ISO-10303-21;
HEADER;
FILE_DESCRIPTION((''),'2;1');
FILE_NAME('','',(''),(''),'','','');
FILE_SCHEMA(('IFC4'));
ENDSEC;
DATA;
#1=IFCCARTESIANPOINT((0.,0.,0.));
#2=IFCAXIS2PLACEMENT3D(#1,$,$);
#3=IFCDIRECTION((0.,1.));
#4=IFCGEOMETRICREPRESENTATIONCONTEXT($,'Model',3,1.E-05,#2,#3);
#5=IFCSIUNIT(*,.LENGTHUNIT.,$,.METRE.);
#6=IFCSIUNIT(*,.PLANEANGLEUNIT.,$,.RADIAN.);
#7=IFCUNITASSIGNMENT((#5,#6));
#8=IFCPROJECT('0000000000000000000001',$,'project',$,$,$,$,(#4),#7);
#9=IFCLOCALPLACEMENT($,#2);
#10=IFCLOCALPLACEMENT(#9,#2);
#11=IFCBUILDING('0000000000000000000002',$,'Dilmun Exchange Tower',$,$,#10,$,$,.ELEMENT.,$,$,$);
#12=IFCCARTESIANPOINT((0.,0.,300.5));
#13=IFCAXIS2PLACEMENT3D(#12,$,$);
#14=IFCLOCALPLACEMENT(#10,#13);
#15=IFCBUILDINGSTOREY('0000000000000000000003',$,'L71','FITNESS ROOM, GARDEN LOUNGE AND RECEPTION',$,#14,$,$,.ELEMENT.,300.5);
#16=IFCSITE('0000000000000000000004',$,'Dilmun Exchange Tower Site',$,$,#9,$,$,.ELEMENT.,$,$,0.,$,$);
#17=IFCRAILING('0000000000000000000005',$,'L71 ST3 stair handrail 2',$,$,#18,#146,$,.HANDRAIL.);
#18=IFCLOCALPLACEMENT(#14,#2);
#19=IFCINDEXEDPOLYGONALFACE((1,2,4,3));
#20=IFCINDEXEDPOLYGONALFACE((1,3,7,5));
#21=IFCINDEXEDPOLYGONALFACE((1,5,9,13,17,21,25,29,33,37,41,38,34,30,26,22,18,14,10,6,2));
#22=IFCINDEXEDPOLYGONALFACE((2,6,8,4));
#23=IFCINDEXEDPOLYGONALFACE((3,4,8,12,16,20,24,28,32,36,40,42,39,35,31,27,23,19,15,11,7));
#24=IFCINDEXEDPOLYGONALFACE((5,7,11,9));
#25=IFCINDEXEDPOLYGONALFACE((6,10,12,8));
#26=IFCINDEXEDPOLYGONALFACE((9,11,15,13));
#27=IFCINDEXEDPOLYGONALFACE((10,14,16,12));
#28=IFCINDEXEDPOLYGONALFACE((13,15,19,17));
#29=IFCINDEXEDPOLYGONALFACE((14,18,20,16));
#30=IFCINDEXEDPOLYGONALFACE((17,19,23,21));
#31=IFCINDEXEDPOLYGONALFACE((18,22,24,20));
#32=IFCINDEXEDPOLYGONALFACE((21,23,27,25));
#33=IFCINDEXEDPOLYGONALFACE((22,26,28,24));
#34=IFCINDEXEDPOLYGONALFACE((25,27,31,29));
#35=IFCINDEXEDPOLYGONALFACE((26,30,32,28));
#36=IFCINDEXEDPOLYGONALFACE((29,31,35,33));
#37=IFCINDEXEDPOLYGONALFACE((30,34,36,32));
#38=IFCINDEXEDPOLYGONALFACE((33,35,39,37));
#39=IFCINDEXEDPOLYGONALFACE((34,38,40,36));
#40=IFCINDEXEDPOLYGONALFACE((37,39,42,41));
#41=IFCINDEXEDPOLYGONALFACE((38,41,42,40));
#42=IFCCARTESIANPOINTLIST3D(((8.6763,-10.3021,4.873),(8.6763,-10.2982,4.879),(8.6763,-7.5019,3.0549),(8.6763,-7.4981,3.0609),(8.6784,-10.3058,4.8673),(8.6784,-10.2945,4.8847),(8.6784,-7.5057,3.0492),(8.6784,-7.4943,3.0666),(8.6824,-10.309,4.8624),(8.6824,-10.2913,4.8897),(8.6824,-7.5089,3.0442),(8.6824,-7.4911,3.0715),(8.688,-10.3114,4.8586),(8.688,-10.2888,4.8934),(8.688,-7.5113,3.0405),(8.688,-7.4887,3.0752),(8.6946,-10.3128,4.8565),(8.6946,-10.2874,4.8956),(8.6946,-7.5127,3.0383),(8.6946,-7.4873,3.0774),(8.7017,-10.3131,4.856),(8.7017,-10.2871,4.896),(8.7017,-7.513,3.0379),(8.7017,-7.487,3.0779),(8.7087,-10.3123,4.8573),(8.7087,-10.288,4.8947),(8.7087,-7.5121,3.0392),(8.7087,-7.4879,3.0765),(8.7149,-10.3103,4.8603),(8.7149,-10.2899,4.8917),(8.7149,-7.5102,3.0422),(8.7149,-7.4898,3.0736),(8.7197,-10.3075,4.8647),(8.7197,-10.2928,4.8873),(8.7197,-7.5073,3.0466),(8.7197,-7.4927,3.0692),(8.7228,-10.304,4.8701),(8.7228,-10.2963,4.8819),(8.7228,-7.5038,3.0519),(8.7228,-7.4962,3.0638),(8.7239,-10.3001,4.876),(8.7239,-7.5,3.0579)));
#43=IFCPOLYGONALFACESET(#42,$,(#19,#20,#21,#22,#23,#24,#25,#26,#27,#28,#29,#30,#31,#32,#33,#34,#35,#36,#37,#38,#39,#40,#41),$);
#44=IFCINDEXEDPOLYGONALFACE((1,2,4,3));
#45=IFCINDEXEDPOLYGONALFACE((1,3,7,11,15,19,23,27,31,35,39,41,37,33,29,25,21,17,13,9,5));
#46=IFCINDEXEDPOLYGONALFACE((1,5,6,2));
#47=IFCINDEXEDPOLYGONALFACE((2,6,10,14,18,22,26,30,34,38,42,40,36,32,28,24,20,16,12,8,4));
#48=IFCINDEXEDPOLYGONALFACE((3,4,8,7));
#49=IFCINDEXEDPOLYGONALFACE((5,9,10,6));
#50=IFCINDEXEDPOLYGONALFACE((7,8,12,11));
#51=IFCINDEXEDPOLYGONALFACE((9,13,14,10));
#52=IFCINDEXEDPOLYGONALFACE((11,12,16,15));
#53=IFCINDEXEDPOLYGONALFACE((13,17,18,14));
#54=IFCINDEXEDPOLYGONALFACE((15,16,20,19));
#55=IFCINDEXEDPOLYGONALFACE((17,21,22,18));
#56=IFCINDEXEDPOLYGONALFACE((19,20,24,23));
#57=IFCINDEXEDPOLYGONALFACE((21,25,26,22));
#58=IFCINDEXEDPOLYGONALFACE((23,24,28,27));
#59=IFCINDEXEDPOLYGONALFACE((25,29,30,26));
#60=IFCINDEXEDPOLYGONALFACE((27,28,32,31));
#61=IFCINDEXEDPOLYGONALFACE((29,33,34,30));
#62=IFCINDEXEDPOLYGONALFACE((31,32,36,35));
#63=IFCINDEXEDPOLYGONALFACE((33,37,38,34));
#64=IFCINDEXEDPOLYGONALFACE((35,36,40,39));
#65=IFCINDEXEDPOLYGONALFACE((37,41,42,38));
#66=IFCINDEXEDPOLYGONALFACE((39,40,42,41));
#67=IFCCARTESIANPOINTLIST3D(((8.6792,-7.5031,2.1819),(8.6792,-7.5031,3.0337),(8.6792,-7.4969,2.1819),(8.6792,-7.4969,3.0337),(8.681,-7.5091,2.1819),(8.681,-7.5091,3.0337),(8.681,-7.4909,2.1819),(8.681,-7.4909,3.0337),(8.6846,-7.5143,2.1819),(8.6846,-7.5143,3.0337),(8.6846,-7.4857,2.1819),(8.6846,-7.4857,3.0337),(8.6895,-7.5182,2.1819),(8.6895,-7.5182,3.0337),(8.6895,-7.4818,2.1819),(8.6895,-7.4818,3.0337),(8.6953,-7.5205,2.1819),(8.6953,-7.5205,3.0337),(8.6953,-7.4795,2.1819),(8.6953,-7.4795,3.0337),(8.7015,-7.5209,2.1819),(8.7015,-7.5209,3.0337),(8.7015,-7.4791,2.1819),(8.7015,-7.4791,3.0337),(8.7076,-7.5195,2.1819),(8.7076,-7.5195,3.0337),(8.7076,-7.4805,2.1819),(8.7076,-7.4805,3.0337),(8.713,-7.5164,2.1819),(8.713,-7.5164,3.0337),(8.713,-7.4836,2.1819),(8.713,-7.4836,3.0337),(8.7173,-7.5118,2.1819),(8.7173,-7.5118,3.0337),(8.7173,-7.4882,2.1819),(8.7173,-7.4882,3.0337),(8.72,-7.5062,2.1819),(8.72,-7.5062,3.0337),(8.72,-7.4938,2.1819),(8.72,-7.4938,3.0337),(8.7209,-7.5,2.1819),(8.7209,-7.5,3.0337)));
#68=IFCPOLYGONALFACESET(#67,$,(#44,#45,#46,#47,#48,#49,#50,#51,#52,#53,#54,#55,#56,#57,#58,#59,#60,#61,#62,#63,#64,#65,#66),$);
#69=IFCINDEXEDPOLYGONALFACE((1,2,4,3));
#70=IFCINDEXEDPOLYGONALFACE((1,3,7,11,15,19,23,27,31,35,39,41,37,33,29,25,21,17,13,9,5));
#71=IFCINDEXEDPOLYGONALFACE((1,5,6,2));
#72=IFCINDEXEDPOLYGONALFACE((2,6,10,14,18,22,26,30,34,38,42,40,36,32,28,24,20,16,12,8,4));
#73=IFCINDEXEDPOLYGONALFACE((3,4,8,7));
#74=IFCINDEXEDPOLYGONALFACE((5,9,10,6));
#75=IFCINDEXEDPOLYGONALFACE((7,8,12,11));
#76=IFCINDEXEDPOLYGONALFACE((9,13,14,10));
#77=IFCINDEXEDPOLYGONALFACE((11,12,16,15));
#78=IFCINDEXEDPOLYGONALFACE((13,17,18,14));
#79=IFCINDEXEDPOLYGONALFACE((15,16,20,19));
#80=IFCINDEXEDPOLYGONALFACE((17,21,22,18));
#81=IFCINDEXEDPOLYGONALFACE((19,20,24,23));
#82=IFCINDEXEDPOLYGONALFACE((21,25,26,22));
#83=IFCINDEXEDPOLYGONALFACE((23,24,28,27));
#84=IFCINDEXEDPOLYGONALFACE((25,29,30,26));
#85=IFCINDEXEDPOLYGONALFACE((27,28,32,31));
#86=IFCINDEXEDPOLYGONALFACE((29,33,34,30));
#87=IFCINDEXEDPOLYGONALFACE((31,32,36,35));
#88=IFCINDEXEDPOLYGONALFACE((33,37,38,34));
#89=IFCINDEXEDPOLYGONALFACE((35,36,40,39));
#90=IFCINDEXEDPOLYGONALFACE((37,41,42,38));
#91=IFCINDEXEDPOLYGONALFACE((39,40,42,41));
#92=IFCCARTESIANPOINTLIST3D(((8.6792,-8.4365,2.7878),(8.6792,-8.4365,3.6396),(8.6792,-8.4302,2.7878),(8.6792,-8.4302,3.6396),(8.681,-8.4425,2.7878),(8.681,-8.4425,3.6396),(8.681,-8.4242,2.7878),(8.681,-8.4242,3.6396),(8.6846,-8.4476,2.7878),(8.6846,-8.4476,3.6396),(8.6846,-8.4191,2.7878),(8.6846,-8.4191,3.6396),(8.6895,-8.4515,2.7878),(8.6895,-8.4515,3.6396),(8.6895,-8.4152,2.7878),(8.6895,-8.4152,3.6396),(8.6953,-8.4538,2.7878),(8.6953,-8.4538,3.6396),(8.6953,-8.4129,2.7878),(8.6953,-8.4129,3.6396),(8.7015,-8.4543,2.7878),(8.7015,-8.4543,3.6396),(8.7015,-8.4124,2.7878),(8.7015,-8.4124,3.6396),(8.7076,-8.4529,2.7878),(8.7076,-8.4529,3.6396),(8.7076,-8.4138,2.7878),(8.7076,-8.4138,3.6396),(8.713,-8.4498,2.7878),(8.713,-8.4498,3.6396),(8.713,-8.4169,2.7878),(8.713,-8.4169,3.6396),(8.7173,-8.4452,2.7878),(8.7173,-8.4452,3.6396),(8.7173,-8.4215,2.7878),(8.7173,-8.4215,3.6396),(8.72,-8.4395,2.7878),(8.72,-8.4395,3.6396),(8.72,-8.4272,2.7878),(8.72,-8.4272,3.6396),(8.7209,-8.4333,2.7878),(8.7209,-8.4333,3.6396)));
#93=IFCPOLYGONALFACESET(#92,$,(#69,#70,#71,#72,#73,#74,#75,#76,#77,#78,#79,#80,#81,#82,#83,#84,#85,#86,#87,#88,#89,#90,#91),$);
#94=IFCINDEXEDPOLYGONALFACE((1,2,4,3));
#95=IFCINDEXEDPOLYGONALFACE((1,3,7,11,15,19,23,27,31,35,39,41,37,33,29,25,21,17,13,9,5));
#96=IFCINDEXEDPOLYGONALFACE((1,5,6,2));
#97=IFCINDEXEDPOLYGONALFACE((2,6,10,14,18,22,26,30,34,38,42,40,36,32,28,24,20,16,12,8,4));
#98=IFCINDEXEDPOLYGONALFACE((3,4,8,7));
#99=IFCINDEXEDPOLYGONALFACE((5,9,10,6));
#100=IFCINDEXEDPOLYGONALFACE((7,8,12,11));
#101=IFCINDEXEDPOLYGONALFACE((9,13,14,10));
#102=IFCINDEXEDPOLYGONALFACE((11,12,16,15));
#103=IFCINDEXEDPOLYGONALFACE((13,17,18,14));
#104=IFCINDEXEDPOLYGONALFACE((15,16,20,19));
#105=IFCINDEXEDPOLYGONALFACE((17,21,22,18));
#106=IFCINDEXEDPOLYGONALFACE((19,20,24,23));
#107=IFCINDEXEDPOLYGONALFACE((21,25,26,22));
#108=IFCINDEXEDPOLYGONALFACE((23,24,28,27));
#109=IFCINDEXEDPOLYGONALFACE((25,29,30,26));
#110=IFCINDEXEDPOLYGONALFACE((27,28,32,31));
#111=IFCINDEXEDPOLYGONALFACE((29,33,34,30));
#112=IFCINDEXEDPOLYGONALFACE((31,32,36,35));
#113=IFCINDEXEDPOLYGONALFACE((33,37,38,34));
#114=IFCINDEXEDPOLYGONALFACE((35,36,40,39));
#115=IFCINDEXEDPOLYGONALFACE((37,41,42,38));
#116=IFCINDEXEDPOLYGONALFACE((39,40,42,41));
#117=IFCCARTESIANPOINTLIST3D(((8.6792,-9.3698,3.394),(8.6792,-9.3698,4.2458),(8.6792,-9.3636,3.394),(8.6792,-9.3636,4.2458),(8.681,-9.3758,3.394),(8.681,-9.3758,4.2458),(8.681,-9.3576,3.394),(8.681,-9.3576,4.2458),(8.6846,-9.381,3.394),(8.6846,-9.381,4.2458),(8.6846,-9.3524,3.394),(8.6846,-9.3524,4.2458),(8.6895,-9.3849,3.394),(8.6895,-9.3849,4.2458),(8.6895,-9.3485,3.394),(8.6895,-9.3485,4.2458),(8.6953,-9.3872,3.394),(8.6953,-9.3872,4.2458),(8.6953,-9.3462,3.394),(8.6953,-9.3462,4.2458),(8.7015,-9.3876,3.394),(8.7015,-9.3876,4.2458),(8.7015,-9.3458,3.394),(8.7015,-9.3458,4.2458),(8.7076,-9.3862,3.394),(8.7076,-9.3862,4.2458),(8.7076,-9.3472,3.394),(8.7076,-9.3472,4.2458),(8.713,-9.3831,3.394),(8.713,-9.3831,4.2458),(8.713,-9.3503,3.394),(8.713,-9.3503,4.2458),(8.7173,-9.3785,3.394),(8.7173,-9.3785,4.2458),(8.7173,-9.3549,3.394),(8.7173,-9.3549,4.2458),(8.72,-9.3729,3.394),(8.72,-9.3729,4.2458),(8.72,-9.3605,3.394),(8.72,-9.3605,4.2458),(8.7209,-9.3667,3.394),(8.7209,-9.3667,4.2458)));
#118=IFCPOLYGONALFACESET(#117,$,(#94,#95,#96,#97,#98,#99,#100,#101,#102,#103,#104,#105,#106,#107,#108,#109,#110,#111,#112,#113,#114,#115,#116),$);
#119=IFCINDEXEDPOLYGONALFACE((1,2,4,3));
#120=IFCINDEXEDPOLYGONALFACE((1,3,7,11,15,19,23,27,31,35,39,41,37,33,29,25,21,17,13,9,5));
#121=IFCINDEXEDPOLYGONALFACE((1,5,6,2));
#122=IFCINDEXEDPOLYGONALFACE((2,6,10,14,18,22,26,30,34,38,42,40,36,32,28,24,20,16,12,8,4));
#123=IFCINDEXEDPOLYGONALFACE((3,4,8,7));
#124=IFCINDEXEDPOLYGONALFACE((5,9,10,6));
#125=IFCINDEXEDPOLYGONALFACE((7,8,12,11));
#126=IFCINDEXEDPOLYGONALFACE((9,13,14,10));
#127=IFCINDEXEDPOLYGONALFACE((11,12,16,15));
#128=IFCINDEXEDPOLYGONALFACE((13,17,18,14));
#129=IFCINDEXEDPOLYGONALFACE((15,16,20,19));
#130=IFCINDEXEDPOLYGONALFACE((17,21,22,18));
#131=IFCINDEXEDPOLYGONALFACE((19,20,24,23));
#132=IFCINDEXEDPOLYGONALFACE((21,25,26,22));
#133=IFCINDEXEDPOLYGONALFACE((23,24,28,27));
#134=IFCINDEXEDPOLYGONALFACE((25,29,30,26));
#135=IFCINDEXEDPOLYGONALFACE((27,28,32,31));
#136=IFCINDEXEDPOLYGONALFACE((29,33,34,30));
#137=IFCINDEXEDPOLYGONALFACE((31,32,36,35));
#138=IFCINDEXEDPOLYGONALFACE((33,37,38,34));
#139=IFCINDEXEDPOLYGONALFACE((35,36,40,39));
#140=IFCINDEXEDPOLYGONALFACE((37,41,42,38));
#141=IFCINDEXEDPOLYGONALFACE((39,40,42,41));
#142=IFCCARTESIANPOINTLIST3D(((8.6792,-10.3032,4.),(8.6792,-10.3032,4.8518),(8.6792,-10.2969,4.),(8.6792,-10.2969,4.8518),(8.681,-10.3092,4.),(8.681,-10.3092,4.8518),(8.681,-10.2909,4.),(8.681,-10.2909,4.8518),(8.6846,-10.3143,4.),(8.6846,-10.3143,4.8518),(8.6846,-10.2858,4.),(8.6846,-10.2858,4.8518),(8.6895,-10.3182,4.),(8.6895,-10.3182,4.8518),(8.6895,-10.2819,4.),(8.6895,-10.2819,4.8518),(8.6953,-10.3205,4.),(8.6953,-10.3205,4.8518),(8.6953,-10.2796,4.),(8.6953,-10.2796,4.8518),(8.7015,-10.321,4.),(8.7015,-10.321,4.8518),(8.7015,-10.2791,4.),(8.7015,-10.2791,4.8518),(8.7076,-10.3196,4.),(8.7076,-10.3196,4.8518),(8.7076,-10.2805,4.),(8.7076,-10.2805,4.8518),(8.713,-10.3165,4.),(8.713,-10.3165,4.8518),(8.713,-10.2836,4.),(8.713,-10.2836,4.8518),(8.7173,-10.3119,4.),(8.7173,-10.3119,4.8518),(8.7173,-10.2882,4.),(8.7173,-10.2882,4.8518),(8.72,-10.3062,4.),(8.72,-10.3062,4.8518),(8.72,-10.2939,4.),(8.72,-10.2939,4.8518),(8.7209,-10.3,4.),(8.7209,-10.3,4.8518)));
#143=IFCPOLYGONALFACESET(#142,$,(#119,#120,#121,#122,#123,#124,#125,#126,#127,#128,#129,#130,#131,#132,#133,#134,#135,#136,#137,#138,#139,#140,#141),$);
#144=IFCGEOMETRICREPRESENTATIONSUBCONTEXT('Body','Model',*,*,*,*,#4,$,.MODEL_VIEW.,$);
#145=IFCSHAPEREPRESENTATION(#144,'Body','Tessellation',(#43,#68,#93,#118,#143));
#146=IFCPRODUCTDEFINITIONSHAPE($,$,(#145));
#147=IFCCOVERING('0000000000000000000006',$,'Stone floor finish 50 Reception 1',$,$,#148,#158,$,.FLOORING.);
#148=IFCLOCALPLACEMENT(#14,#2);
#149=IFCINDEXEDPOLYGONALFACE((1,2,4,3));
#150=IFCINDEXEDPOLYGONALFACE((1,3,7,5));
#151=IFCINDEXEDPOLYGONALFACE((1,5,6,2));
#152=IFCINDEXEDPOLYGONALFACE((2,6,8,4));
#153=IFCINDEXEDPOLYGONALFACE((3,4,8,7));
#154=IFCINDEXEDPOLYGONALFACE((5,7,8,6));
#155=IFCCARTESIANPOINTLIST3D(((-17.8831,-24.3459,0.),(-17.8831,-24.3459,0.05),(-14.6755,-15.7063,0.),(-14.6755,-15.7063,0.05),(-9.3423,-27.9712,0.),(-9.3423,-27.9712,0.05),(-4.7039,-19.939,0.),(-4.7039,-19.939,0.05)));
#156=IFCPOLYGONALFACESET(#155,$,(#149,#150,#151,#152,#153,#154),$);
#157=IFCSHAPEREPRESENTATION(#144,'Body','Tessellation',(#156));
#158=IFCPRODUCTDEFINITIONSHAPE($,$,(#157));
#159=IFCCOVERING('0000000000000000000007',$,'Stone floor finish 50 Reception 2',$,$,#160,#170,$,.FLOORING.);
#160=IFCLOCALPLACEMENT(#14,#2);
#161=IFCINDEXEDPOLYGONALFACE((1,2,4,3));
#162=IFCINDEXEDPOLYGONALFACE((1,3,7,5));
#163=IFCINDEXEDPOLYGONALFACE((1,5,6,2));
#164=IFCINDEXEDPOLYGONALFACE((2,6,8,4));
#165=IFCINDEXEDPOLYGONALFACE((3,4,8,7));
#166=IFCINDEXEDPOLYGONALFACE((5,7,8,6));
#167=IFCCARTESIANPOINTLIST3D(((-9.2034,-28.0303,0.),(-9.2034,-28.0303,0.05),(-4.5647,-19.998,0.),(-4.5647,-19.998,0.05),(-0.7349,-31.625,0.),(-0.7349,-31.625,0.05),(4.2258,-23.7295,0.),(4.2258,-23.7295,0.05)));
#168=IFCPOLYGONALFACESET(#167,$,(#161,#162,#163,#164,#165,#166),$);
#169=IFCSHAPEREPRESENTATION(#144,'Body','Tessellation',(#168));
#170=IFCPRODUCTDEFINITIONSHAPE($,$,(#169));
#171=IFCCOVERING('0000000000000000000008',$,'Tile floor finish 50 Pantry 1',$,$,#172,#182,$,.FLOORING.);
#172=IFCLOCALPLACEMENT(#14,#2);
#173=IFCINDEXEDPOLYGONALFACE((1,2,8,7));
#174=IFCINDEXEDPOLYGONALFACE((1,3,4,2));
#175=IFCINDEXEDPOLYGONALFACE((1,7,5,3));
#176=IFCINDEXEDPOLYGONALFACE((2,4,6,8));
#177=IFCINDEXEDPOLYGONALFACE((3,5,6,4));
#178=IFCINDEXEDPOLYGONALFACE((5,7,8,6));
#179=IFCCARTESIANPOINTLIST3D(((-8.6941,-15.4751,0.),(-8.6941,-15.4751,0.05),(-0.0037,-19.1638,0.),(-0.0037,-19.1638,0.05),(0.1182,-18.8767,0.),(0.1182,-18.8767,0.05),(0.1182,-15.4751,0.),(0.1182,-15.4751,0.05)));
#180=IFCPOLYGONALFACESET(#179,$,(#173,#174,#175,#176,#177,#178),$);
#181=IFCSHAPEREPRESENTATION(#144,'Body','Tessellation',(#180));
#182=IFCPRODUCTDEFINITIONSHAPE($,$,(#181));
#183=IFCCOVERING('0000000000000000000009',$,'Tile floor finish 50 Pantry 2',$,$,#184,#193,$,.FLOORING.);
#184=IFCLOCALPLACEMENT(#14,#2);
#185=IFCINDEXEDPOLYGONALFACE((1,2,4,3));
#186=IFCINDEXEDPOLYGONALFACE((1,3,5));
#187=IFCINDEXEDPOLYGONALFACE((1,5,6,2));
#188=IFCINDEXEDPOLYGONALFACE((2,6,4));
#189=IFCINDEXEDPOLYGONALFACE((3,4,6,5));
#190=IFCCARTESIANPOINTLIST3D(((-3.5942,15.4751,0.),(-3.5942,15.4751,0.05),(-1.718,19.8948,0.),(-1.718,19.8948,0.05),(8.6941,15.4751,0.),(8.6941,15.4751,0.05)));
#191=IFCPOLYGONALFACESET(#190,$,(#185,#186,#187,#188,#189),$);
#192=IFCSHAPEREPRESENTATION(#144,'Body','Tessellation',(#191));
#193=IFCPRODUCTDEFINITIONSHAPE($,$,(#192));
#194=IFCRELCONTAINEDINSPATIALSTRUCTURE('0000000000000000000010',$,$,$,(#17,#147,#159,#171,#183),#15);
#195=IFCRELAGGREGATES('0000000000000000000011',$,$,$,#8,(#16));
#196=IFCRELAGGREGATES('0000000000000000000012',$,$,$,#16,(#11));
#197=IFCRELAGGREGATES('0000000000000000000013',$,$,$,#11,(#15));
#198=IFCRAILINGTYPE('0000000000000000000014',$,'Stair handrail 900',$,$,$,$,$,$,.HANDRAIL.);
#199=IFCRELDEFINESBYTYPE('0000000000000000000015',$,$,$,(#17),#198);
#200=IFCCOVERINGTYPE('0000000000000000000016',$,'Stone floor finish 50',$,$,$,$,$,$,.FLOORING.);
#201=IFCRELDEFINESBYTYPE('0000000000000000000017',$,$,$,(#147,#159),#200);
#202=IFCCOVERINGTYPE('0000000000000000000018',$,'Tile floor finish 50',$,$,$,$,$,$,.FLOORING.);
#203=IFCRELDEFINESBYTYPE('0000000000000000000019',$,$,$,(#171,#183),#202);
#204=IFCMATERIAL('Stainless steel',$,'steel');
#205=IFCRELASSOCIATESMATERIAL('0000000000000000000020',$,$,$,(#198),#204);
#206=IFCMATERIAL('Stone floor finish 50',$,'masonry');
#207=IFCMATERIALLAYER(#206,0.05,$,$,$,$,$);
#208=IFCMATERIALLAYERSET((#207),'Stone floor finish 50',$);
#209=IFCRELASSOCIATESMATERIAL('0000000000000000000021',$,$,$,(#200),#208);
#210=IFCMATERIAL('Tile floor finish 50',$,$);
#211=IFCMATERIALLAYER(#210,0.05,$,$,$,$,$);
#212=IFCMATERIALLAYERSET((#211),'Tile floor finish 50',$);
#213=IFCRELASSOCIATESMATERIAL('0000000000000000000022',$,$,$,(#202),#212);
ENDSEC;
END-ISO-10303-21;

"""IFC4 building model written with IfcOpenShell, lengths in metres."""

from ifc_helpers import new_model, si_unit, direction, frame, origin, origin_2d, place, context, subcontext, project, spatial, polyline, circle, outline, extrude, material, layer, layer_set, type_object, element, save


model = new_model("IFC4")

# Units and contexts
model_context = context("Model", 3, precision=1e-05, world=origin(), true_north=direction((0.0, 1.0)))
body_context = subcontext(model_context, "Body", "Model", "MODEL_VIEW")
ifc_project = project(units=[si_unit("LENGTHUNIT", "METRE"), si_unit("PLANEANGLEUNIT", "RADIAN")], contexts=[model_context])

# Site, building, storey
site_placement = place(None, origin())
site = spatial("IfcSite", under=ifc_project, at=site_placement, Name="Dilmun Exchange Tower Site", CompositionType="ELEMENT", RefElevation=0.0)
building_placement = place(site_placement, origin())
building = spatial("IfcBuilding", under=site, at=building_placement, Name="Dilmun Exchange Tower", CompositionType="ELEMENT")
storey_placement = place(building_placement, frame((0.0, 0.0, 300.5)))
storey = spatial("IfcBuildingStorey", under=building, at=storey_placement, Name="L71", Description="FITNESS ROOM, GARDEN LOUNGE AND RECEPTION", CompositionType="ELEMENT", Elevation=300.5)

# Railing
ifc_material_1 = material(Name="Stainless steel", Category="steel")
railing_type = type_object("IfcRailingType", Name="Stair handrail 900", PredefinedType="HANDRAIL", material=ifc_material_1)
railing_placement = place(storey_placement, frame((8.7, -7.5, 2.1819)))
element("IfcRailing", 1, at=railing_placement, inside=storey, type_object=railing_type, Name="L71 ST3 stair handrail 2", PredefinedType="HANDRAIL", context=body_context, shape_type="SweptSolid", body=[
    extrude(circle(Radius=0.0239, at=origin_2d()), frame((0.0, 0.0, 0.876), z_axis=(0.0, -0.838706, 0.544585), x_axis=(1.0, 0.0, 0.0)), (0.0, 0.0, 1.0), 3.3386),
    extrude(circle(Radius=0.021, at=origin_2d()), origin(), (0.0, 0.0, 1.0), 0.8518),
    extrude(circle(Radius=0.021, at=origin_2d()), frame((0.0, -0.9333, 0.606)), (0.0, 0.0, 1.0), 0.8518),
    extrude(circle(Radius=0.021, at=origin_2d()), frame((0.0, -1.8667, 1.2122)), (0.0, 0.0, 1.0), 0.8518),
    extrude(circle(Radius=0.021, at=origin_2d()), frame((0.0, -2.8, 1.8181)), (0.0, 0.0, 1.0), 0.8518),
])

# Coverings
ifc_material_2 = material(Name="Stone floor finish 50", Category="masonry")
ifc_layer_1 = layer(ifc_material_2, 0.05)
ifc_layer_set_1 = layer_set([ifc_layer_1], Name="Stone floor finish 50")
covering_type_1 = type_object("IfcCoveringType", Name="Stone floor finish 50", PredefinedType="FLOORING", material=ifc_layer_set_1)
covering_1_placement = place(storey_placement, origin())
element("IfcCovering", 2, at=covering_1_placement, inside=storey, type_object=covering_type_1, Name="Stone floor finish 50 Reception 1", PredefinedType="FLOORING", context=body_context, shape_type="SweptSolid", body=[
    extrude(outline(polyline([(-4.7039, -19.939), (-9.3423, -27.9712), (-17.8831, -24.3459), (-14.6755, -15.7063), (-4.7039, -19.939)])), origin(), (0.0, 0.0, 1.0), 0.05),
])
covering_2_placement = place(storey_placement, origin())
element("IfcCovering", 3, at=covering_2_placement, inside=storey, type_object=covering_type_1, Name="Stone floor finish 50 Reception 2", PredefinedType="FLOORING", context=body_context, shape_type="SweptSolid", body=[
    extrude(outline(polyline([(4.2258, -23.7295), (-0.7349, -31.625), (-9.2034, -28.0303), (-4.5647, -19.998), (4.2258, -23.7295)])), origin(), (0.0, 0.0, 1.0), 0.05),
])
ifc_material_3 = material(Name="Tile floor finish 50")
ifc_layer_2 = layer(ifc_material_3, 0.05)
ifc_layer_set_2 = layer_set([ifc_layer_2], Name="Tile floor finish 50")
covering_type_2 = type_object("IfcCoveringType", Name="Tile floor finish 50", PredefinedType="FLOORING", material=ifc_layer_set_2)
covering_3_placement = place(storey_placement, origin())
element("IfcCovering", 4, at=covering_3_placement, inside=storey, type_object=covering_type_2, Name="Tile floor finish 50 Pantry 1", PredefinedType="FLOORING", context=body_context, shape_type="SweptSolid", body=[
    extrude(outline(polyline([(0.1182, -15.4751), (0.1182, -18.8767), (-0.0037, -19.1638), (-8.6941, -15.4751), (0.1182, -15.4751)])), origin(), (0.0, 0.0, 1.0), 0.05),
])
covering_4_placement = place(storey_placement, origin())
element("IfcCovering", 5, at=covering_4_placement, inside=storey, type_object=covering_type_2, Name="Tile floor finish 50 Pantry 2", PredefinedType="FLOORING", context=body_context, shape_type="SweptSolid", body=[
    extrude(outline(polyline([(-3.5942, 15.4751), (-1.718, 19.8948), (8.6941, 15.4751), (-3.5942, 15.4751)])), origin(), (0.0, 0.0, 1.0), 0.05),
])

save(model, "model.ifc")
